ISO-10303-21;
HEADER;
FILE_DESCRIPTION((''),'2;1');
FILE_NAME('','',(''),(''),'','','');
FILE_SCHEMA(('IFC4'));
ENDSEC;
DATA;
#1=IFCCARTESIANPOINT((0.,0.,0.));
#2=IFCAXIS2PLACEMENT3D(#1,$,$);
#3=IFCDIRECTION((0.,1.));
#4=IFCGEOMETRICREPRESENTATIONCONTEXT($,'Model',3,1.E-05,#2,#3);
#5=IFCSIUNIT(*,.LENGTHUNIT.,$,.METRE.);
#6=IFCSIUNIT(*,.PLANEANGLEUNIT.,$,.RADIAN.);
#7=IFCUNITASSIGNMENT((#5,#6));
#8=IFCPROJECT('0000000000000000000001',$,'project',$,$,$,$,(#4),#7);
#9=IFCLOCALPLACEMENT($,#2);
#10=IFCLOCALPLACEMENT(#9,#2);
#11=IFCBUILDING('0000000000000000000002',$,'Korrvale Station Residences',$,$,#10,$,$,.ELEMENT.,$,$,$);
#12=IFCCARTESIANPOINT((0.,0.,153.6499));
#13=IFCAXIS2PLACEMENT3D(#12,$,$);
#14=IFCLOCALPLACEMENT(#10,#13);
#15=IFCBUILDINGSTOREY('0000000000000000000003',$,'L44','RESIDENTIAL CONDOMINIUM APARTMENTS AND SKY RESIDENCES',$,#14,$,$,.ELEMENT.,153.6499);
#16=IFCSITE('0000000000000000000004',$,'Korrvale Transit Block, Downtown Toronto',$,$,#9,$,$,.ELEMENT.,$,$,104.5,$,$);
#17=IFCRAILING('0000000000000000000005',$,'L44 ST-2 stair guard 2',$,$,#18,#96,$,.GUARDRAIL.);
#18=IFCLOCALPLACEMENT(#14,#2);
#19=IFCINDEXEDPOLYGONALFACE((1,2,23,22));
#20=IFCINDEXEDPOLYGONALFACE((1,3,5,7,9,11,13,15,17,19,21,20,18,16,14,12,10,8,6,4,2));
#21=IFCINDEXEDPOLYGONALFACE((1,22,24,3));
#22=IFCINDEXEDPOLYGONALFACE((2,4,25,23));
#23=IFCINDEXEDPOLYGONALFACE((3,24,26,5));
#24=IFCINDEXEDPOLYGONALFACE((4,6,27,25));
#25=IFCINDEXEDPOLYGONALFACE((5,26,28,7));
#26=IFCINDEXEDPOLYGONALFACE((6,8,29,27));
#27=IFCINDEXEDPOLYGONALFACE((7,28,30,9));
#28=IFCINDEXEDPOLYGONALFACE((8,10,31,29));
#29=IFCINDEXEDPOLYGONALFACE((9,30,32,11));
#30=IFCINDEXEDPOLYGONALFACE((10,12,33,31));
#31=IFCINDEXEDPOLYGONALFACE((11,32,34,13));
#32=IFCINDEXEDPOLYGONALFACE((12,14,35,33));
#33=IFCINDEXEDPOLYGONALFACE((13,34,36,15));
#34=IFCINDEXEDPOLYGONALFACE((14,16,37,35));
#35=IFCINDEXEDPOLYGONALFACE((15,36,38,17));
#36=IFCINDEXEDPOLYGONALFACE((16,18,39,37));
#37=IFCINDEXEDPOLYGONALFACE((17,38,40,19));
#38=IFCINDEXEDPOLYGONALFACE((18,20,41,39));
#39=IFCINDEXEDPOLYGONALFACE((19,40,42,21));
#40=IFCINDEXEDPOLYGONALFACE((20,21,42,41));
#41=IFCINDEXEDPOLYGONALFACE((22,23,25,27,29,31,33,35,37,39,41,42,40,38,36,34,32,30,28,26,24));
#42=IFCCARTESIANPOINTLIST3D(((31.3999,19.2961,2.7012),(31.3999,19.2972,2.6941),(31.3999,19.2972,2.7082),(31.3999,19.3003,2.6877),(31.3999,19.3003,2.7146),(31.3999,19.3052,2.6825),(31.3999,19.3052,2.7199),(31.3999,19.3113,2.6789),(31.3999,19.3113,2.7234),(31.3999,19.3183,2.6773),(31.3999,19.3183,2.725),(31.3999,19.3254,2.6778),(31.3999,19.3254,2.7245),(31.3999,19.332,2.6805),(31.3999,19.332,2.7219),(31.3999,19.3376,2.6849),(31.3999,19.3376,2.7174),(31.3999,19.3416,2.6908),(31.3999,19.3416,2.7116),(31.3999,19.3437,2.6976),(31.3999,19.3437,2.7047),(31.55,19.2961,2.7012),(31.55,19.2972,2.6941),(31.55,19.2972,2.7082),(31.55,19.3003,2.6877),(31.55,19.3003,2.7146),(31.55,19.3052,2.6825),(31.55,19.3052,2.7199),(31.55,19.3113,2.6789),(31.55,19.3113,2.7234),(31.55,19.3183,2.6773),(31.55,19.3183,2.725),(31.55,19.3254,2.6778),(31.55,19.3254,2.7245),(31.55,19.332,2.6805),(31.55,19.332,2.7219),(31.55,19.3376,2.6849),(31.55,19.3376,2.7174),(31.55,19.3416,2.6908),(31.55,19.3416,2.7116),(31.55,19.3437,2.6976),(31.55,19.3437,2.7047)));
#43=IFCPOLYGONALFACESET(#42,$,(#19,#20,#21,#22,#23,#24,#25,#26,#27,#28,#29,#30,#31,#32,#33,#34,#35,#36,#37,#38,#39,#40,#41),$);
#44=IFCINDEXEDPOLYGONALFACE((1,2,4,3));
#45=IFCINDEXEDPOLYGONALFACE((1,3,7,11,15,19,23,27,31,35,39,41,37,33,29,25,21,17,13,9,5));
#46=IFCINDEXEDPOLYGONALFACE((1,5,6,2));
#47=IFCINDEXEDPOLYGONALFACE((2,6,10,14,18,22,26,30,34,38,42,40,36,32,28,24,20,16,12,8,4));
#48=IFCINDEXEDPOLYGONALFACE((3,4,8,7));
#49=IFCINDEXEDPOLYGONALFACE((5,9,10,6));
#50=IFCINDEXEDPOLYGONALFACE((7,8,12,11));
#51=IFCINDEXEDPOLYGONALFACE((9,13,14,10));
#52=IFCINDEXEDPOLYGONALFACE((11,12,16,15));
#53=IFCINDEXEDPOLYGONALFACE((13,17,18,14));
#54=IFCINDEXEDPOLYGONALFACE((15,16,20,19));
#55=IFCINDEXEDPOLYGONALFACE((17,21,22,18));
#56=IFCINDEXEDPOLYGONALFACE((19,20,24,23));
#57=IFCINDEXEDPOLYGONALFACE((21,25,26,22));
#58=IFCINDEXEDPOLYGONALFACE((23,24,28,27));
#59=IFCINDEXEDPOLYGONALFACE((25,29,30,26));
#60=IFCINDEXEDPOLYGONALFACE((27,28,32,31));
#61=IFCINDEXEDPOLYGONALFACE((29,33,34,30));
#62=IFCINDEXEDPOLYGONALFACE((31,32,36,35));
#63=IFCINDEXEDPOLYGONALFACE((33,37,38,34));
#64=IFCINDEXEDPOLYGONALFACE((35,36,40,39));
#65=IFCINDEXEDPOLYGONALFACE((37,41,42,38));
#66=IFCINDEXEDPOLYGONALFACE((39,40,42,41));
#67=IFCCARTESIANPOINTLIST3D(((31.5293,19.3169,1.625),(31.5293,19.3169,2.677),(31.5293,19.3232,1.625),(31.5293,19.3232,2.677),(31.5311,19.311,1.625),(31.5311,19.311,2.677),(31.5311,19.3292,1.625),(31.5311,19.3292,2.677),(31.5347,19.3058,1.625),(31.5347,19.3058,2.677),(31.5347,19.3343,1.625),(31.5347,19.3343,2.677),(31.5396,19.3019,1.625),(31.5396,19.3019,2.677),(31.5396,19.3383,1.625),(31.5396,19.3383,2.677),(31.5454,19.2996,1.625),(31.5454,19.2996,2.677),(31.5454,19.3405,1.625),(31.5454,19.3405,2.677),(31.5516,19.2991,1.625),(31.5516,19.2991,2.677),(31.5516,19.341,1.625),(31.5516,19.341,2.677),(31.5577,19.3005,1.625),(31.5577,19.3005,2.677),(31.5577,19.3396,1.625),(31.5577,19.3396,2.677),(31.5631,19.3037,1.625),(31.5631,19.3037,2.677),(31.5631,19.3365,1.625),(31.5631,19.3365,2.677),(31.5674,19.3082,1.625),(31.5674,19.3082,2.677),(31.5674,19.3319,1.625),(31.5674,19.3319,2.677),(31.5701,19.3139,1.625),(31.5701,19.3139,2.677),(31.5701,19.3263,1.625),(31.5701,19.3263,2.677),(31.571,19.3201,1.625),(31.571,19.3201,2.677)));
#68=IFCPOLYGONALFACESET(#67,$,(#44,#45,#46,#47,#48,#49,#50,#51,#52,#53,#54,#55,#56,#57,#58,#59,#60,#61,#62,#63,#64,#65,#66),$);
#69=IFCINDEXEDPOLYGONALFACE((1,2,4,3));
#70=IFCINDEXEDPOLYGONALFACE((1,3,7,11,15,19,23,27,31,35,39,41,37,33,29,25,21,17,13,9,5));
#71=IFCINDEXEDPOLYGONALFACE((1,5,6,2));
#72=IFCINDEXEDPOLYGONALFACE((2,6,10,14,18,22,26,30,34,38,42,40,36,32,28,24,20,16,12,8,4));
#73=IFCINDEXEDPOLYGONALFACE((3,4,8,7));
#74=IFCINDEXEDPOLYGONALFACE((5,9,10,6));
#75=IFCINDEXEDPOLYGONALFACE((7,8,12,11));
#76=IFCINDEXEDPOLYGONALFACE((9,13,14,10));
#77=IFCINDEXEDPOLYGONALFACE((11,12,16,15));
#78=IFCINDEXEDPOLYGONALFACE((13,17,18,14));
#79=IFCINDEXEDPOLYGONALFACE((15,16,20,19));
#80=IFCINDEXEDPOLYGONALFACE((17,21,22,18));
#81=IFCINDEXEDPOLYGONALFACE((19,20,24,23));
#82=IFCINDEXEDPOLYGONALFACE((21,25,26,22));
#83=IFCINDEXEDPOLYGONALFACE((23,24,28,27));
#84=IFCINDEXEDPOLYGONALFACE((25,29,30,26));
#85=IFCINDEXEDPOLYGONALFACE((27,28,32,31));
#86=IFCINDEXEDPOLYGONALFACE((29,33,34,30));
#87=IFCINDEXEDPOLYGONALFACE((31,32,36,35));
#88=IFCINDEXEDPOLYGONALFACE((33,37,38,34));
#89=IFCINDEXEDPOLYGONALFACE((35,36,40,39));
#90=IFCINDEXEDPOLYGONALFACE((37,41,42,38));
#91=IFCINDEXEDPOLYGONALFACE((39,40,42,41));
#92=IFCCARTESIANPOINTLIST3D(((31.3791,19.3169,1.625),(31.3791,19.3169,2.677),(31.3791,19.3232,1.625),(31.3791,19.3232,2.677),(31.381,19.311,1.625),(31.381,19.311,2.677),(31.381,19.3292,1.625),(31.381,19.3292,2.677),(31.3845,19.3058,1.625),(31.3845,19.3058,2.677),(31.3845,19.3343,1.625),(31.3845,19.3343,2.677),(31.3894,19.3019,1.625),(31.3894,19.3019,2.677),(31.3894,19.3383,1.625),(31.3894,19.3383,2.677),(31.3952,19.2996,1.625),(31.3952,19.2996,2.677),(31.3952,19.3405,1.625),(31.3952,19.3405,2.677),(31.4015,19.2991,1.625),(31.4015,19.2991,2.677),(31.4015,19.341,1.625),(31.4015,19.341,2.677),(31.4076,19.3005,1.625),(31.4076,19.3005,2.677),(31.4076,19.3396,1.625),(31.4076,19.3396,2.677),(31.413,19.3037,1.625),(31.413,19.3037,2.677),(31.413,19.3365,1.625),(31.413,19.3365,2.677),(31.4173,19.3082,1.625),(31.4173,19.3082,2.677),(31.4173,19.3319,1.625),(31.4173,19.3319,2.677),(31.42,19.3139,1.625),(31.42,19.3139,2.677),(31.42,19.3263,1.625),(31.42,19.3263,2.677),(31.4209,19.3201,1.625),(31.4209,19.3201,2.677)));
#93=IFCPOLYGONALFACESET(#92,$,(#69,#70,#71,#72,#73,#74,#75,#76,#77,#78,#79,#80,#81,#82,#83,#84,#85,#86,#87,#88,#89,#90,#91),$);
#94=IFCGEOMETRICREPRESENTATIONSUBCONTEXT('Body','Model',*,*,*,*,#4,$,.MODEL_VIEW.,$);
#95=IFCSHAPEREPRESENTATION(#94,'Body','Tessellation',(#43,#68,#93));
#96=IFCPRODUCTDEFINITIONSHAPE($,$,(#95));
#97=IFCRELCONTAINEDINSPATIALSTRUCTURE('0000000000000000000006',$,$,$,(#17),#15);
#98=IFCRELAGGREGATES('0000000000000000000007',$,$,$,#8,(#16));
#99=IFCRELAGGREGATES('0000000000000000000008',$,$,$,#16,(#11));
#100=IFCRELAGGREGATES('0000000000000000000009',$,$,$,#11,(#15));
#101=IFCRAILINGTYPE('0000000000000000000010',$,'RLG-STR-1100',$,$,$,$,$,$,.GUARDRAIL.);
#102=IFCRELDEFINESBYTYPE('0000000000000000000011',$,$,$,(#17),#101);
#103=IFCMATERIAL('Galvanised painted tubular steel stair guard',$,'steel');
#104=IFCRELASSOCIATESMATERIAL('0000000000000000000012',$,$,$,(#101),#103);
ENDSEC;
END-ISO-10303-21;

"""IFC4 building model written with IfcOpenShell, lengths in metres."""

from ifc_helpers import new_model, si_unit, direction, frame, origin, origin_2d, place, context, subcontext, project, spatial, circle, extrude, material, type_object, element, save


model = new_model("IFC4")

# Units and contexts
model_context = context("Model", 3, precision=1e-05, world=origin(), true_north=direction((0.0, 1.0)))
body_context = subcontext(model_context, "Body", "Model", "MODEL_VIEW")
ifc_project = project(units=[si_unit("LENGTHUNIT", "METRE"), si_unit("PLANEANGLEUNIT", "RADIAN")], contexts=[model_context])

# Site, building, storey
site_placement = place(None, origin())
site = spatial("IfcSite", under=ifc_project, at=site_placement, Name="Korrvale Transit Block, Downtown Toronto", CompositionType="ELEMENT", RefElevation=104.5)
building_placement = place(site_placement, origin())
building = spatial("IfcBuilding", under=site, at=building_placement, Name="Korrvale Station Residences", CompositionType="ELEMENT")
storey_placement = place(building_placement, frame((0.0, 0.0, 153.6499)))
storey = spatial("IfcBuildingStorey", under=building, at=storey_placement, Name="L44", Description="RESIDENTIAL CONDOMINIUM APARTMENTS AND SKY RESIDENCES", CompositionType="ELEMENT", Elevation=153.6499)

# Railing
ifc_material_1 = material(Name="Galvanised painted tubular steel stair guard", Category="steel")
railing_type_1 = type_object("IfcRailingType", Name="RLG-STR-1100", PredefinedType="GUARDRAIL", material=ifc_material_1)
railing_1_placement = place(storey_placement, frame((31.55, 19.3201, 1.625)))
element("IfcRailing", 1, at=railing_1_placement, inside=storey, type_object=railing_type_1, Name="L44 ST-2 stair guard 2", PredefinedType="GUARDRAIL", context=body_context, shape_type="SweptSolid", body=[
    extrude(circle(Radius=0.0239, at=origin_2d()), frame((0.0, 0.0, 1.0762), z_axis=(-1.0, 0.0, 0.0), x_axis=(0.0, -1.0, 0.0)), (0.0, 0.0, 1.0), 0.1501),
    extrude(circle(Radius=0.021, at=origin_2d()), origin(), (0.0, 0.0, 1.0), 1.052),
    extrude(circle(Radius=0.021, at=origin_2d()), frame((-0.1501, 0.0, 0.0)), (0.0, 0.0, 1.0), 1.052),
])

save(model, "model.ifc")
